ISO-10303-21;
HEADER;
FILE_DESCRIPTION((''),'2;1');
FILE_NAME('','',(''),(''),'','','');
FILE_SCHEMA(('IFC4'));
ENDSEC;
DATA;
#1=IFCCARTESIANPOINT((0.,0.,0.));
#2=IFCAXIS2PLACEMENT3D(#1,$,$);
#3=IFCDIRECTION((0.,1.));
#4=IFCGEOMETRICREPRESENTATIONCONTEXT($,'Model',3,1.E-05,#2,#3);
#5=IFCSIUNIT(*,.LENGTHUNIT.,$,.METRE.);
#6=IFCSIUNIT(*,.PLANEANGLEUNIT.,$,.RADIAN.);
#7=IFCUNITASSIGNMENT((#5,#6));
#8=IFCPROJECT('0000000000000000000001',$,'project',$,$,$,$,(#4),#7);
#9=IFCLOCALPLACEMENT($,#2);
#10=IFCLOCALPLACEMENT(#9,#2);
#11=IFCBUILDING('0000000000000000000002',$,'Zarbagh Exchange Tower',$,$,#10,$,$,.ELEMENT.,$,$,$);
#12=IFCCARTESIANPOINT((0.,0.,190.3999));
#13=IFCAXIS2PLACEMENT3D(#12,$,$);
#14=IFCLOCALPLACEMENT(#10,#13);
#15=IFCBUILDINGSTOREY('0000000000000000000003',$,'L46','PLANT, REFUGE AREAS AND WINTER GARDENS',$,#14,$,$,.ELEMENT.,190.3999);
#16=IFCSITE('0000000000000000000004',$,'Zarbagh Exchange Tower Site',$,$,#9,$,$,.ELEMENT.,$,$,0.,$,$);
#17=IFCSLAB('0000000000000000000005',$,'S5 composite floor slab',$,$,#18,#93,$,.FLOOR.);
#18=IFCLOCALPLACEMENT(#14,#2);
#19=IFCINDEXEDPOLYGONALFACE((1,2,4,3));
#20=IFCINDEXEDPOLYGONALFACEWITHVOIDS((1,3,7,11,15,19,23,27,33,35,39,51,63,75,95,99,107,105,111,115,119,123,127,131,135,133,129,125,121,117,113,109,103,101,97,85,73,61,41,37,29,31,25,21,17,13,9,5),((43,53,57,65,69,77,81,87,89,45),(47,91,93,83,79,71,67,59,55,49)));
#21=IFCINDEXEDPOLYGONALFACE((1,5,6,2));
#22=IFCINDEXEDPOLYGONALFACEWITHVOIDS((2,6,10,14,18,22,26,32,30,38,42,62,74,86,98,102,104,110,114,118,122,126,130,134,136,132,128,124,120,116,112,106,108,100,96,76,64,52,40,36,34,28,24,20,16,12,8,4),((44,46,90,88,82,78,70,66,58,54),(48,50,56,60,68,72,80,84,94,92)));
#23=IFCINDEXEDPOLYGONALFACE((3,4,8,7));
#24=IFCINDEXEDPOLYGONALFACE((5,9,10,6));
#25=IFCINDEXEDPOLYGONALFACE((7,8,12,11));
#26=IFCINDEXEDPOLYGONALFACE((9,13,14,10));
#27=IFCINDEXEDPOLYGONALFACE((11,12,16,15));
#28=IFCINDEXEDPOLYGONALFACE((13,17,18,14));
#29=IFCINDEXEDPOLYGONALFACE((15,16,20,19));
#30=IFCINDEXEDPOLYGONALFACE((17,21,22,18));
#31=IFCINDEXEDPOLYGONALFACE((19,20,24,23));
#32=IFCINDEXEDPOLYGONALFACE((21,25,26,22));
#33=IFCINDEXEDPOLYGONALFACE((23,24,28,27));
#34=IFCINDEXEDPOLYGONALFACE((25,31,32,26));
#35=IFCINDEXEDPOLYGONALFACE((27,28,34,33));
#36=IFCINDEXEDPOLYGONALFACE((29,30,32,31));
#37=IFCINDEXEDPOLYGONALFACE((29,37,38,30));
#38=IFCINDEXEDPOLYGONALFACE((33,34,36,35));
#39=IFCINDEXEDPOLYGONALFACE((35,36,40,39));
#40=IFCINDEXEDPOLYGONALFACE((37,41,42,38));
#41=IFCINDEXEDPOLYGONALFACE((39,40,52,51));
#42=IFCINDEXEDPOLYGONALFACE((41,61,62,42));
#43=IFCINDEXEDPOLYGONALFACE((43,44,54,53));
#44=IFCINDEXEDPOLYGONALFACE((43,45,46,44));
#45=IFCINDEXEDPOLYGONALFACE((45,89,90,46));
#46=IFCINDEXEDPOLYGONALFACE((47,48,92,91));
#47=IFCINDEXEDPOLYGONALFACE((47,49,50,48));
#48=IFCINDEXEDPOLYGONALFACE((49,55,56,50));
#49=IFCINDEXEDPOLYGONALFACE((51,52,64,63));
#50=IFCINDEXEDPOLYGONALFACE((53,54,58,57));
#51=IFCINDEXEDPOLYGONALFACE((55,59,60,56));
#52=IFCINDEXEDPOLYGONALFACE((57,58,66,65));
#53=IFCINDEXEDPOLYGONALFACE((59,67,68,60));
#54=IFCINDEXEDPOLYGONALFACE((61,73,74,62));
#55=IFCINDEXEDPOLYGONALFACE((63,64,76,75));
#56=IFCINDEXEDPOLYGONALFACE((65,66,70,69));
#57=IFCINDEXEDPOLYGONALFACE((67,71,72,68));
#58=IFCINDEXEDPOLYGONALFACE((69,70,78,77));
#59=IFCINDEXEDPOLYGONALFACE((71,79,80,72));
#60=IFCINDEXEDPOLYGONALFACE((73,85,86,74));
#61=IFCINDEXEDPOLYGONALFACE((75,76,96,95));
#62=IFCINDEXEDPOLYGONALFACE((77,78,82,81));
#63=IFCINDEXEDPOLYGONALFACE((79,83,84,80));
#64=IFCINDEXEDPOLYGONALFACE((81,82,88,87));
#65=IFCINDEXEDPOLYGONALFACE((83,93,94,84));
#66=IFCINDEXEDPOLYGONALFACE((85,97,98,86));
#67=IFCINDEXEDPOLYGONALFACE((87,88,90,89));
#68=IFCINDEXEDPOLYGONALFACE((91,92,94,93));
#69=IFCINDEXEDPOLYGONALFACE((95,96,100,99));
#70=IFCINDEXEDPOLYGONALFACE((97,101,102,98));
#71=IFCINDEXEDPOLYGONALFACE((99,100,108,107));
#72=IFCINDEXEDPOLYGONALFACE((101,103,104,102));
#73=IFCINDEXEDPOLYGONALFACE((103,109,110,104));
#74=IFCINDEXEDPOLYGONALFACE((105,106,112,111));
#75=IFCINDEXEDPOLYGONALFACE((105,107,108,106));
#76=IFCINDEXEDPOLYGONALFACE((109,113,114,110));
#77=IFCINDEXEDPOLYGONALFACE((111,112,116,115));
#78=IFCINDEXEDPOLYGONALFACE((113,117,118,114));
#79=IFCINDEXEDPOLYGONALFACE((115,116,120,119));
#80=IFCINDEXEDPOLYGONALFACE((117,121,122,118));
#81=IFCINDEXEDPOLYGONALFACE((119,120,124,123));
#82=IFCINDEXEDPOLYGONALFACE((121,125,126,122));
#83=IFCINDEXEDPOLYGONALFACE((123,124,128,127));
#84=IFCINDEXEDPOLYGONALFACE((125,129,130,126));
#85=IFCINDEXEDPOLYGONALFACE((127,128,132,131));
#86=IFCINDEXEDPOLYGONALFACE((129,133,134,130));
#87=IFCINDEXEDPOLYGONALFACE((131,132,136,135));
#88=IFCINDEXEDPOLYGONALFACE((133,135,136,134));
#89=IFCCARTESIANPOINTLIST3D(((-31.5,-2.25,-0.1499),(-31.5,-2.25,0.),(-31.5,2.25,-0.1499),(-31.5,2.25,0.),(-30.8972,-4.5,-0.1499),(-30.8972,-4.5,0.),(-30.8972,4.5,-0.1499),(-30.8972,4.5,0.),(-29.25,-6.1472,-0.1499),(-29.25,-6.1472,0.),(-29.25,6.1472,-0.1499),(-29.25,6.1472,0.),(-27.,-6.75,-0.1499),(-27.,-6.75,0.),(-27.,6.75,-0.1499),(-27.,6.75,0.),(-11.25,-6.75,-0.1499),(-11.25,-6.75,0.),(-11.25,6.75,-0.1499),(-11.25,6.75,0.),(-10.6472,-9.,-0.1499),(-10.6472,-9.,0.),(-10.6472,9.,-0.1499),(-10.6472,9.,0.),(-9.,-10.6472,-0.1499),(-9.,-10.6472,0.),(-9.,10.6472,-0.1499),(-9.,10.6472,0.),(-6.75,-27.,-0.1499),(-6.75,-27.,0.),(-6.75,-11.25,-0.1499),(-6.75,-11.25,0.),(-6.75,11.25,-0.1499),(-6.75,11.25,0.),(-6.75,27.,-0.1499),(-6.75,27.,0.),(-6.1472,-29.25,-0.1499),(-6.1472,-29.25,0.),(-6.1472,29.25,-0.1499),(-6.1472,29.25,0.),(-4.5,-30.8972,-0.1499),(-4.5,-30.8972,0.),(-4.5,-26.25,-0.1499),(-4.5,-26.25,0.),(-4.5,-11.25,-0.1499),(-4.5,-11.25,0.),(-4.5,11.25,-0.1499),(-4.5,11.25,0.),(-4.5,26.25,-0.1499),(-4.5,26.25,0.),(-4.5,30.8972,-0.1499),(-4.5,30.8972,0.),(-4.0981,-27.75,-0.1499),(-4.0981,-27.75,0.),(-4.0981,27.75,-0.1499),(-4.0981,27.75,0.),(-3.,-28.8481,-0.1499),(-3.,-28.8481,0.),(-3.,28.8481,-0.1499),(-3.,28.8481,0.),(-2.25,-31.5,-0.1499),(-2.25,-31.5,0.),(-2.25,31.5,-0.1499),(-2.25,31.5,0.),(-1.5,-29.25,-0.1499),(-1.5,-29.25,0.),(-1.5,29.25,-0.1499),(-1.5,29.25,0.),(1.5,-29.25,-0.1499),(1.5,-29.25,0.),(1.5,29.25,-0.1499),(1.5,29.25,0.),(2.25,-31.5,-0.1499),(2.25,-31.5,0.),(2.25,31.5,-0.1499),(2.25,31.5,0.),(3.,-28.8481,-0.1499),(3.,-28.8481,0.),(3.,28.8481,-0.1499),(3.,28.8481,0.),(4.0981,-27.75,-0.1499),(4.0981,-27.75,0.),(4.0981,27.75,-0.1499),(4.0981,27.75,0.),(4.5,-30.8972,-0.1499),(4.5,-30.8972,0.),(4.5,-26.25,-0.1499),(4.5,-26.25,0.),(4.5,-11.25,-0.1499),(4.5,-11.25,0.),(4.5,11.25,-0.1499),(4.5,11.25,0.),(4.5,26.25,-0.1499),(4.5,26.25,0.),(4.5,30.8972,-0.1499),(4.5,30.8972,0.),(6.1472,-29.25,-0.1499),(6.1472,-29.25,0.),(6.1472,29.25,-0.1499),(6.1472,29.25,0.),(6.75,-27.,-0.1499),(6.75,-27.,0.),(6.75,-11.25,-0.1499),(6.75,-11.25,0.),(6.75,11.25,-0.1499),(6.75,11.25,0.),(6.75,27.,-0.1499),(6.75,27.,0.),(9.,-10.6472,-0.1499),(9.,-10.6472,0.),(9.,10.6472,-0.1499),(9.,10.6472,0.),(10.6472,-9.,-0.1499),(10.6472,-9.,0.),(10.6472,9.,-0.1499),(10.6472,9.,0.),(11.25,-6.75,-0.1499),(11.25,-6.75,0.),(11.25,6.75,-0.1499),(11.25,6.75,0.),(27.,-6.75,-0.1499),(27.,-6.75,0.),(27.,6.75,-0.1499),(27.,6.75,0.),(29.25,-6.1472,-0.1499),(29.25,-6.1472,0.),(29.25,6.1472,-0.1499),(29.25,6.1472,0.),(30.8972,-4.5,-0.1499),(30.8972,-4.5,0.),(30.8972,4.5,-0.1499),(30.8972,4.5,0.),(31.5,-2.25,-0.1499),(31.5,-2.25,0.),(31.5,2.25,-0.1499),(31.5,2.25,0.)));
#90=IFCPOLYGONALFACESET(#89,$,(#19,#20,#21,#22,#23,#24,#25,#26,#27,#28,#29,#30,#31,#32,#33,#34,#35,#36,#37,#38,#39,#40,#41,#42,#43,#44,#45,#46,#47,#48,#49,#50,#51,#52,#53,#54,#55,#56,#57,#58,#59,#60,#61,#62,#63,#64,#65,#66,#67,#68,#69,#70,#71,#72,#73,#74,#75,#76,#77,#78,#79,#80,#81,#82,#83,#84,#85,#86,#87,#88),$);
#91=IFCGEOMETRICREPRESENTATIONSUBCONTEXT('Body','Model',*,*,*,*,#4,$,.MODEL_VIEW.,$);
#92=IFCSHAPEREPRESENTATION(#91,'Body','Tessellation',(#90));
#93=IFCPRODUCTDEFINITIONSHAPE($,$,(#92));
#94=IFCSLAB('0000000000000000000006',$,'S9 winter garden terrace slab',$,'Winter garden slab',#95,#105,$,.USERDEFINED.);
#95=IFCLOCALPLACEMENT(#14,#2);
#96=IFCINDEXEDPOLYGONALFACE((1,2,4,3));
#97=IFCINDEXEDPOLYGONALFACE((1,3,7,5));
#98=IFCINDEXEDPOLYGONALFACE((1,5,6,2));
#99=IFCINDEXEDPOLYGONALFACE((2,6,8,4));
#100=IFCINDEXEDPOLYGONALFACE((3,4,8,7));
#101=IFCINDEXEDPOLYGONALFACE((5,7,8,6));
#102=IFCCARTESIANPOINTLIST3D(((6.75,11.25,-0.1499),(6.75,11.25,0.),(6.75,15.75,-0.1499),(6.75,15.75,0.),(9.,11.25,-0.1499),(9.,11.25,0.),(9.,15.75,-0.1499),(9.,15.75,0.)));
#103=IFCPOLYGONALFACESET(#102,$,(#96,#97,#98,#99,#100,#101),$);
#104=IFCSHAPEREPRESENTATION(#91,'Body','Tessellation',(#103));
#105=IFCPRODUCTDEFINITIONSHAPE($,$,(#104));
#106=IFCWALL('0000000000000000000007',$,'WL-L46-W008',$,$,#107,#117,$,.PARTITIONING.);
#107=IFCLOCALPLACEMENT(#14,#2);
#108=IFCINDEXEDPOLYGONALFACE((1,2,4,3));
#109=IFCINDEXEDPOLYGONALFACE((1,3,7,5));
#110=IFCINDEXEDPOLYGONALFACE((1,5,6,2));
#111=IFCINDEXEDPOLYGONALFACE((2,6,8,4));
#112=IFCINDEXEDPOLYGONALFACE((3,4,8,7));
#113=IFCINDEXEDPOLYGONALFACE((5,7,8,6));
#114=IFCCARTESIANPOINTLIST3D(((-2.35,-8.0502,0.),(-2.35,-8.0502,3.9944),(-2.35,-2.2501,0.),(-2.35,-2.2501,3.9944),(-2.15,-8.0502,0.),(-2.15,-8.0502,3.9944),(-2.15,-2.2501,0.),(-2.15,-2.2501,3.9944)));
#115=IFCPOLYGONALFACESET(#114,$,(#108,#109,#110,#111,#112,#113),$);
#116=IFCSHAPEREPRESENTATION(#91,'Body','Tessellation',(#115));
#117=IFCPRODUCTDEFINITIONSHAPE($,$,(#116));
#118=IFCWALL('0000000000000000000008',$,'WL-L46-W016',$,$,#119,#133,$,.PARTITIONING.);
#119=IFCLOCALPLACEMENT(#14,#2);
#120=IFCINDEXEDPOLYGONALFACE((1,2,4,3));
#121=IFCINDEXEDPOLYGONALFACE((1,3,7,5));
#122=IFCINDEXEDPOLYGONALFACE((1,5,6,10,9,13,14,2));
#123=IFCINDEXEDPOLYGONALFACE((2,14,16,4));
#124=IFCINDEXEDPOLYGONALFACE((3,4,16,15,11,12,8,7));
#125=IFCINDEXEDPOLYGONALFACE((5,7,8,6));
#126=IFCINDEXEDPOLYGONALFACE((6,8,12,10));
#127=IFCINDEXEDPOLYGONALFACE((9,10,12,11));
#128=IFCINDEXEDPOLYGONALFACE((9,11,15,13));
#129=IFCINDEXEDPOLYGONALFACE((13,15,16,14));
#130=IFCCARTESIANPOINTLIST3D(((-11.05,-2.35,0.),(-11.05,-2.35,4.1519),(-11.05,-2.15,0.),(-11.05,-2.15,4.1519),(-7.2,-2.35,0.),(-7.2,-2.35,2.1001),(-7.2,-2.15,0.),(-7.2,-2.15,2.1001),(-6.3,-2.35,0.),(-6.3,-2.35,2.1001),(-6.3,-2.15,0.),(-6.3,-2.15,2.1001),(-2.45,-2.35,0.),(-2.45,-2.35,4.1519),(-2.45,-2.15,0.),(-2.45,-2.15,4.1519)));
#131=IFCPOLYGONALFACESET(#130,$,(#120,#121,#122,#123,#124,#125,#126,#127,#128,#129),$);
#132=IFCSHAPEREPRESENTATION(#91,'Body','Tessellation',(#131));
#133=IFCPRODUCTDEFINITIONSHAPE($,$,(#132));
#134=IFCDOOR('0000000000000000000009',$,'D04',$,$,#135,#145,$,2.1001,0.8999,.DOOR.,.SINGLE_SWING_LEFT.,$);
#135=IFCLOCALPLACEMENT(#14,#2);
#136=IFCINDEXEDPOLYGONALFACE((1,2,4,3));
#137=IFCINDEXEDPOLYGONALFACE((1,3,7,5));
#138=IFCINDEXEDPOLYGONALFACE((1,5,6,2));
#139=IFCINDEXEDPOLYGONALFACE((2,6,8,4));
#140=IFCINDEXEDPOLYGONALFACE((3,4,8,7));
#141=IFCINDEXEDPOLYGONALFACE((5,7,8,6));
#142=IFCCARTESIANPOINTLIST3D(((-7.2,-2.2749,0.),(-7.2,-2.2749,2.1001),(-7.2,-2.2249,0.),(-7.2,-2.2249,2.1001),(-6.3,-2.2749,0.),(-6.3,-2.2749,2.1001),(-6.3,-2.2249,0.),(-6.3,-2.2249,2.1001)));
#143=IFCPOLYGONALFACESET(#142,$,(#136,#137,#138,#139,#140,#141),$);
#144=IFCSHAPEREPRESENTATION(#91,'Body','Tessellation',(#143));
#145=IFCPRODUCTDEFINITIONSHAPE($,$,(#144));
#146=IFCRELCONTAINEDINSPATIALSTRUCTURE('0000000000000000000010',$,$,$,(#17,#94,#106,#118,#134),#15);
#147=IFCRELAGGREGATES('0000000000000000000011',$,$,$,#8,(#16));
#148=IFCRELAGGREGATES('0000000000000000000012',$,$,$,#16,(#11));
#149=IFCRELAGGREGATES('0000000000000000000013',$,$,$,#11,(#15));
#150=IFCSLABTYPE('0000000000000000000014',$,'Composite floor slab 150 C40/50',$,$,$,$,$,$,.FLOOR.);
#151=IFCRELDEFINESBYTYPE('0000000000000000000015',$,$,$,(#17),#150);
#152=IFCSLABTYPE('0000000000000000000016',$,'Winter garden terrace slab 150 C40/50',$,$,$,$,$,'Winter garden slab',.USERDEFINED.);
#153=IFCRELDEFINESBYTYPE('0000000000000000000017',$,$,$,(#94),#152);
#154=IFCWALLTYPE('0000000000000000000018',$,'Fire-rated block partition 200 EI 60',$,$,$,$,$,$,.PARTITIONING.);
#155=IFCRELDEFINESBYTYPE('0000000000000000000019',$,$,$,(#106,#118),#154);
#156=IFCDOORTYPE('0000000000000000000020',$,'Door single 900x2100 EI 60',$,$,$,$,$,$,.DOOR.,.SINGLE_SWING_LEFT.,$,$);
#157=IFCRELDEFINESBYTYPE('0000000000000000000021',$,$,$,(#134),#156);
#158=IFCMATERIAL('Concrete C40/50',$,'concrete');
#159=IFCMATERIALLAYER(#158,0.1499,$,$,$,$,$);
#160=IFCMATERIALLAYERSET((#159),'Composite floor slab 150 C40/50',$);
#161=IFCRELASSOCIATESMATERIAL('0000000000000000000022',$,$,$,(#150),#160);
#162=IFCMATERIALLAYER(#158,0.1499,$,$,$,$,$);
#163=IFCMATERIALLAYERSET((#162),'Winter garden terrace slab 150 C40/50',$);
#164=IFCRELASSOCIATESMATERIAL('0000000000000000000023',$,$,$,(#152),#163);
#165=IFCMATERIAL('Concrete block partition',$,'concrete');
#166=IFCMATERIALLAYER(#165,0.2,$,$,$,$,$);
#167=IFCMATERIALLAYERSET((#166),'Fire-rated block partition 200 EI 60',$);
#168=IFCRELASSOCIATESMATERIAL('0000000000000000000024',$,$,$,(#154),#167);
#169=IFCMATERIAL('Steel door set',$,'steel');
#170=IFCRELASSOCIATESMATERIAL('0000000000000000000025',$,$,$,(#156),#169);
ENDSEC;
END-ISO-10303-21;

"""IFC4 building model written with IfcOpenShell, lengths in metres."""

from ifc_helpers import new_model, si_unit, direction, frame, frame_2d, origin, place, context, subcontext, project, spatial, polyline, rectangle, outline, extrude, material, layer, layer_set, type_object, element, fill, save


model = new_model("IFC4")

# Units and contexts
model_context = context("Model", 3, precision=1e-05, world=origin(), true_north=direction((0.0, 1.0)))
body_context = subcontext(model_context, "Body", "Model", "MODEL_VIEW")
ifc_project = project(units=[si_unit("LENGTHUNIT", "METRE"), si_unit("PLANEANGLEUNIT", "RADIAN")], contexts=[model_context])

# Site, building, storey
site_placement = place(None, origin())
site = spatial("IfcSite", under=ifc_project, at=site_placement, Name="Zarbagh Exchange Tower Site", CompositionType="ELEMENT", RefElevation=0.0)
building_placement = place(site_placement, origin())
building = spatial("IfcBuilding", under=site, at=building_placement, Name="Zarbagh Exchange Tower", CompositionType="ELEMENT")
storey_placement = place(building_placement, frame((0.0, 0.0, 190.3999)))
storey = spatial("IfcBuildingStorey", under=building, at=storey_placement, Name="L46", Description="PLANT, REFUGE AREAS AND WINTER GARDENS", CompositionType="ELEMENT", Elevation=190.3999)

# Slabs
ifc_material_1 = material(Name="Concrete C40/50", Category="concrete")
ifc_layer_1 = layer(ifc_material_1, 0.1499)
ifc_layer_set_1 = layer_set([ifc_layer_1], Name="Composite floor slab 150 C40/50")
slab_type_1 = type_object("IfcSlabType", Name="Composite floor slab 150 C40/50", PredefinedType="FLOOR", material=ifc_layer_set_1)
slab_1_placement = place(storey_placement, frame((0.0, 0.0, -0.1499)))
element("IfcSlab", 1, at=slab_1_placement, inside=storey, type_object=slab_type_1, Name="S5 composite floor slab", PredefinedType="FLOOR", context=body_context, shape_type="SweptSolid", body=[
    extrude(outline(polyline([(-2.25, -31.5), (-4.5, -30.8972), (-6.1472, -29.25), (-6.75, -27.0), (-6.75, -11.25), (-9.0, -10.6472), (-10.6472, -9.0), (-11.25, -6.75), (-27.0, -6.75), (-29.25, -6.1472), (-30.8972, -4.5), (-31.5, -2.25), (-31.5, 2.25), (-30.8972, 4.5), (-29.25, 6.1472), (-27.0, 6.75), (-11.25, 6.75), (-10.6472, 9.0), (-9.0, 10.6472), (-6.75, 11.25), (-6.75, 27.0), (-6.1472, 29.25), (-4.5, 30.8972), (-2.25, 31.5), (2.25, 31.5), (4.5, 30.8972), (6.1472, 29.25), (6.75, 27.0), (6.75, 11.25), (9.0, 10.6472), (10.6472, 9.0), (11.25, 6.75), (27.0, 6.75), (29.25, 6.1472), (30.8972, 4.5), (31.5, 2.25), (31.5, -2.25), (30.8972, -4.5), (29.25, -6.1472), (27.0, -6.75), (11.25, -6.75), (10.6472, -9.0), (9.0, -10.6472), (6.75, -11.25), (6.75, -27.0), (6.1472, -29.25), (4.5, -30.8972), (2.25, -31.5), (-2.25, -31.5)]), holes=[polyline([(4.5, 11.25), (4.5, 26.25), (4.0981, 27.75), (3.0, 28.8481), (1.5, 29.25), (-1.5, 29.25), (-3.0, 28.8481), (-4.0981, 27.75), (-4.5, 26.25), (-4.5, 11.25), (4.5, 11.25)]), polyline([(-1.5, -29.25), (1.5, -29.25), (3.0, -28.8481), (4.0981, -27.75), (4.5, -26.25), (4.5, -11.25), (-4.5, -11.25), (-4.5, -26.25), (-4.0981, -27.75), (-3.0, -28.8481), (-1.5, -29.25)])]), origin(), (0.0, 0.0, 1.0), 0.1499),
])
ifc_layer_2 = layer(ifc_material_1, 0.1499)
ifc_layer_set_2 = layer_set([ifc_layer_2], Name="Winter garden terrace slab 150 C40/50")
slab_type_2 = type_object("IfcSlabType", Name="Winter garden terrace slab 150 C40/50", ElementType="Winter garden slab", PredefinedType="USERDEFINED", material=ifc_layer_set_2)
slab_2_placement = place(storey_placement, frame((0.0, 0.0, -0.1499)))
element("IfcSlab", 2, at=slab_2_placement, inside=storey, type_object=slab_type_2, Name="S9 winter garden terrace slab", ObjectType="Winter garden slab", PredefinedType="USERDEFINED", context=body_context, shape_type="SweptSolid", body=[
    extrude(outline(polyline([(9.0, 11.25), (9.0, 15.75), (6.75, 15.75), (6.75, 11.25), (9.0, 11.25)])), origin(), (0.0, 0.0, 1.0), 0.1499),
])

# Wall
ifc_material_2 = material(Name="Concrete block partition", Category="concrete")
ifc_layer_3 = layer(ifc_material_2, 0.2)
ifc_layer_set_3 = layer_set([ifc_layer_3], Name="Fire-rated block partition 200 EI 60")
wall_type_1 = type_object("IfcWallType", Name="Fire-rated block partition 200 EI 60", PredefinedType="PARTITIONING", material=ifc_layer_set_3)
wall_1_placement = place(storey_placement, frame((-2.25, -8.05, 0.0), z_axis=(0.0, 0.0, 1.0), x_axis=(0.0, 1.0, 0.0)))
element("IfcWall", 3, at=wall_1_placement, inside=storey, type_object=wall_type_1, Name="WL-L46-W008", PredefinedType="PARTITIONING", context=body_context, shape_type="SweptSolid", body=[
    extrude(rectangle(XDim=5.8, YDim=0.2, at=frame_2d((2.8999, 0.0))), origin(), (0.0, 0.0, 1.0), 3.9944),
])

# Wall, opening, door
wall_2_placement = place(storey_placement, frame((-2.45, -2.25, 0.0), z_axis=(0.0, 0.0, 1.0), x_axis=(-1.0, 0.0, 0.0)))
wall_2 = element("IfcWall", 4, at=wall_2_placement, inside=storey, type_object=wall_type_1, Name="WL-L46-W016", PredefinedType="PARTITIONING", context=body_context, shape_type="SweptSolid", body=[
    extrude(rectangle(XDim=8.6001, YDim=0.2, at=frame_2d((4.3, 0.0))), origin(), (0.0, 0.0, 1.0), 4.1519),
])
opening_1_placement = place(wall_2_placement, frame((3.8501, 0.0, 0.0)))
opening_1 = element("IfcOpeningElement", 5, at=opening_1_placement, cuts=wall_2, PredefinedType="OPENING", context=body_context, shape_type="SweptSolid", body=[
    extrude(rectangle(XDim=0.8999, YDim=2.1001, at=frame_2d((0.45, 1.05))), frame((0.0, 0.1099, 0.0), z_axis=(0.0, -1.0, 0.0), x_axis=(1.0, 0.0, 0.0)), (0.0, 0.0, 1.0), 0.22),
])
ifc_material_3 = material(Name="Steel door set", Category="steel")
door_type_1 = type_object("IfcDoorType", Name="Door single 900x2100 EI 60", OperationType="SINGLE_SWING_LEFT", PredefinedType="DOOR", material=ifc_material_3)
door_1_placement = place(opening_1_placement, origin())
door_1 = element("IfcDoor", 6, at=door_1_placement, inside=storey, type_object=door_type_1, Name="D04", OperationType="SINGLE_SWING_LEFT", OverallHeight=2.1001, OverallWidth=0.8999, PredefinedType="DOOR", context=body_context, shape_type="SweptSolid", body=[
    extrude(rectangle(XDim=0.8999, YDim=2.1001, at=frame_2d((0.45, 1.05))), frame((0.0, 0.0249, 0.0), z_axis=(0.0, -1.0, 0.0), x_axis=(1.0, 0.0, 0.0)), (0.0, 0.0, 1.0), 0.05),
])
fill(opening_1, door_1)

save(model, "model.ifc")
